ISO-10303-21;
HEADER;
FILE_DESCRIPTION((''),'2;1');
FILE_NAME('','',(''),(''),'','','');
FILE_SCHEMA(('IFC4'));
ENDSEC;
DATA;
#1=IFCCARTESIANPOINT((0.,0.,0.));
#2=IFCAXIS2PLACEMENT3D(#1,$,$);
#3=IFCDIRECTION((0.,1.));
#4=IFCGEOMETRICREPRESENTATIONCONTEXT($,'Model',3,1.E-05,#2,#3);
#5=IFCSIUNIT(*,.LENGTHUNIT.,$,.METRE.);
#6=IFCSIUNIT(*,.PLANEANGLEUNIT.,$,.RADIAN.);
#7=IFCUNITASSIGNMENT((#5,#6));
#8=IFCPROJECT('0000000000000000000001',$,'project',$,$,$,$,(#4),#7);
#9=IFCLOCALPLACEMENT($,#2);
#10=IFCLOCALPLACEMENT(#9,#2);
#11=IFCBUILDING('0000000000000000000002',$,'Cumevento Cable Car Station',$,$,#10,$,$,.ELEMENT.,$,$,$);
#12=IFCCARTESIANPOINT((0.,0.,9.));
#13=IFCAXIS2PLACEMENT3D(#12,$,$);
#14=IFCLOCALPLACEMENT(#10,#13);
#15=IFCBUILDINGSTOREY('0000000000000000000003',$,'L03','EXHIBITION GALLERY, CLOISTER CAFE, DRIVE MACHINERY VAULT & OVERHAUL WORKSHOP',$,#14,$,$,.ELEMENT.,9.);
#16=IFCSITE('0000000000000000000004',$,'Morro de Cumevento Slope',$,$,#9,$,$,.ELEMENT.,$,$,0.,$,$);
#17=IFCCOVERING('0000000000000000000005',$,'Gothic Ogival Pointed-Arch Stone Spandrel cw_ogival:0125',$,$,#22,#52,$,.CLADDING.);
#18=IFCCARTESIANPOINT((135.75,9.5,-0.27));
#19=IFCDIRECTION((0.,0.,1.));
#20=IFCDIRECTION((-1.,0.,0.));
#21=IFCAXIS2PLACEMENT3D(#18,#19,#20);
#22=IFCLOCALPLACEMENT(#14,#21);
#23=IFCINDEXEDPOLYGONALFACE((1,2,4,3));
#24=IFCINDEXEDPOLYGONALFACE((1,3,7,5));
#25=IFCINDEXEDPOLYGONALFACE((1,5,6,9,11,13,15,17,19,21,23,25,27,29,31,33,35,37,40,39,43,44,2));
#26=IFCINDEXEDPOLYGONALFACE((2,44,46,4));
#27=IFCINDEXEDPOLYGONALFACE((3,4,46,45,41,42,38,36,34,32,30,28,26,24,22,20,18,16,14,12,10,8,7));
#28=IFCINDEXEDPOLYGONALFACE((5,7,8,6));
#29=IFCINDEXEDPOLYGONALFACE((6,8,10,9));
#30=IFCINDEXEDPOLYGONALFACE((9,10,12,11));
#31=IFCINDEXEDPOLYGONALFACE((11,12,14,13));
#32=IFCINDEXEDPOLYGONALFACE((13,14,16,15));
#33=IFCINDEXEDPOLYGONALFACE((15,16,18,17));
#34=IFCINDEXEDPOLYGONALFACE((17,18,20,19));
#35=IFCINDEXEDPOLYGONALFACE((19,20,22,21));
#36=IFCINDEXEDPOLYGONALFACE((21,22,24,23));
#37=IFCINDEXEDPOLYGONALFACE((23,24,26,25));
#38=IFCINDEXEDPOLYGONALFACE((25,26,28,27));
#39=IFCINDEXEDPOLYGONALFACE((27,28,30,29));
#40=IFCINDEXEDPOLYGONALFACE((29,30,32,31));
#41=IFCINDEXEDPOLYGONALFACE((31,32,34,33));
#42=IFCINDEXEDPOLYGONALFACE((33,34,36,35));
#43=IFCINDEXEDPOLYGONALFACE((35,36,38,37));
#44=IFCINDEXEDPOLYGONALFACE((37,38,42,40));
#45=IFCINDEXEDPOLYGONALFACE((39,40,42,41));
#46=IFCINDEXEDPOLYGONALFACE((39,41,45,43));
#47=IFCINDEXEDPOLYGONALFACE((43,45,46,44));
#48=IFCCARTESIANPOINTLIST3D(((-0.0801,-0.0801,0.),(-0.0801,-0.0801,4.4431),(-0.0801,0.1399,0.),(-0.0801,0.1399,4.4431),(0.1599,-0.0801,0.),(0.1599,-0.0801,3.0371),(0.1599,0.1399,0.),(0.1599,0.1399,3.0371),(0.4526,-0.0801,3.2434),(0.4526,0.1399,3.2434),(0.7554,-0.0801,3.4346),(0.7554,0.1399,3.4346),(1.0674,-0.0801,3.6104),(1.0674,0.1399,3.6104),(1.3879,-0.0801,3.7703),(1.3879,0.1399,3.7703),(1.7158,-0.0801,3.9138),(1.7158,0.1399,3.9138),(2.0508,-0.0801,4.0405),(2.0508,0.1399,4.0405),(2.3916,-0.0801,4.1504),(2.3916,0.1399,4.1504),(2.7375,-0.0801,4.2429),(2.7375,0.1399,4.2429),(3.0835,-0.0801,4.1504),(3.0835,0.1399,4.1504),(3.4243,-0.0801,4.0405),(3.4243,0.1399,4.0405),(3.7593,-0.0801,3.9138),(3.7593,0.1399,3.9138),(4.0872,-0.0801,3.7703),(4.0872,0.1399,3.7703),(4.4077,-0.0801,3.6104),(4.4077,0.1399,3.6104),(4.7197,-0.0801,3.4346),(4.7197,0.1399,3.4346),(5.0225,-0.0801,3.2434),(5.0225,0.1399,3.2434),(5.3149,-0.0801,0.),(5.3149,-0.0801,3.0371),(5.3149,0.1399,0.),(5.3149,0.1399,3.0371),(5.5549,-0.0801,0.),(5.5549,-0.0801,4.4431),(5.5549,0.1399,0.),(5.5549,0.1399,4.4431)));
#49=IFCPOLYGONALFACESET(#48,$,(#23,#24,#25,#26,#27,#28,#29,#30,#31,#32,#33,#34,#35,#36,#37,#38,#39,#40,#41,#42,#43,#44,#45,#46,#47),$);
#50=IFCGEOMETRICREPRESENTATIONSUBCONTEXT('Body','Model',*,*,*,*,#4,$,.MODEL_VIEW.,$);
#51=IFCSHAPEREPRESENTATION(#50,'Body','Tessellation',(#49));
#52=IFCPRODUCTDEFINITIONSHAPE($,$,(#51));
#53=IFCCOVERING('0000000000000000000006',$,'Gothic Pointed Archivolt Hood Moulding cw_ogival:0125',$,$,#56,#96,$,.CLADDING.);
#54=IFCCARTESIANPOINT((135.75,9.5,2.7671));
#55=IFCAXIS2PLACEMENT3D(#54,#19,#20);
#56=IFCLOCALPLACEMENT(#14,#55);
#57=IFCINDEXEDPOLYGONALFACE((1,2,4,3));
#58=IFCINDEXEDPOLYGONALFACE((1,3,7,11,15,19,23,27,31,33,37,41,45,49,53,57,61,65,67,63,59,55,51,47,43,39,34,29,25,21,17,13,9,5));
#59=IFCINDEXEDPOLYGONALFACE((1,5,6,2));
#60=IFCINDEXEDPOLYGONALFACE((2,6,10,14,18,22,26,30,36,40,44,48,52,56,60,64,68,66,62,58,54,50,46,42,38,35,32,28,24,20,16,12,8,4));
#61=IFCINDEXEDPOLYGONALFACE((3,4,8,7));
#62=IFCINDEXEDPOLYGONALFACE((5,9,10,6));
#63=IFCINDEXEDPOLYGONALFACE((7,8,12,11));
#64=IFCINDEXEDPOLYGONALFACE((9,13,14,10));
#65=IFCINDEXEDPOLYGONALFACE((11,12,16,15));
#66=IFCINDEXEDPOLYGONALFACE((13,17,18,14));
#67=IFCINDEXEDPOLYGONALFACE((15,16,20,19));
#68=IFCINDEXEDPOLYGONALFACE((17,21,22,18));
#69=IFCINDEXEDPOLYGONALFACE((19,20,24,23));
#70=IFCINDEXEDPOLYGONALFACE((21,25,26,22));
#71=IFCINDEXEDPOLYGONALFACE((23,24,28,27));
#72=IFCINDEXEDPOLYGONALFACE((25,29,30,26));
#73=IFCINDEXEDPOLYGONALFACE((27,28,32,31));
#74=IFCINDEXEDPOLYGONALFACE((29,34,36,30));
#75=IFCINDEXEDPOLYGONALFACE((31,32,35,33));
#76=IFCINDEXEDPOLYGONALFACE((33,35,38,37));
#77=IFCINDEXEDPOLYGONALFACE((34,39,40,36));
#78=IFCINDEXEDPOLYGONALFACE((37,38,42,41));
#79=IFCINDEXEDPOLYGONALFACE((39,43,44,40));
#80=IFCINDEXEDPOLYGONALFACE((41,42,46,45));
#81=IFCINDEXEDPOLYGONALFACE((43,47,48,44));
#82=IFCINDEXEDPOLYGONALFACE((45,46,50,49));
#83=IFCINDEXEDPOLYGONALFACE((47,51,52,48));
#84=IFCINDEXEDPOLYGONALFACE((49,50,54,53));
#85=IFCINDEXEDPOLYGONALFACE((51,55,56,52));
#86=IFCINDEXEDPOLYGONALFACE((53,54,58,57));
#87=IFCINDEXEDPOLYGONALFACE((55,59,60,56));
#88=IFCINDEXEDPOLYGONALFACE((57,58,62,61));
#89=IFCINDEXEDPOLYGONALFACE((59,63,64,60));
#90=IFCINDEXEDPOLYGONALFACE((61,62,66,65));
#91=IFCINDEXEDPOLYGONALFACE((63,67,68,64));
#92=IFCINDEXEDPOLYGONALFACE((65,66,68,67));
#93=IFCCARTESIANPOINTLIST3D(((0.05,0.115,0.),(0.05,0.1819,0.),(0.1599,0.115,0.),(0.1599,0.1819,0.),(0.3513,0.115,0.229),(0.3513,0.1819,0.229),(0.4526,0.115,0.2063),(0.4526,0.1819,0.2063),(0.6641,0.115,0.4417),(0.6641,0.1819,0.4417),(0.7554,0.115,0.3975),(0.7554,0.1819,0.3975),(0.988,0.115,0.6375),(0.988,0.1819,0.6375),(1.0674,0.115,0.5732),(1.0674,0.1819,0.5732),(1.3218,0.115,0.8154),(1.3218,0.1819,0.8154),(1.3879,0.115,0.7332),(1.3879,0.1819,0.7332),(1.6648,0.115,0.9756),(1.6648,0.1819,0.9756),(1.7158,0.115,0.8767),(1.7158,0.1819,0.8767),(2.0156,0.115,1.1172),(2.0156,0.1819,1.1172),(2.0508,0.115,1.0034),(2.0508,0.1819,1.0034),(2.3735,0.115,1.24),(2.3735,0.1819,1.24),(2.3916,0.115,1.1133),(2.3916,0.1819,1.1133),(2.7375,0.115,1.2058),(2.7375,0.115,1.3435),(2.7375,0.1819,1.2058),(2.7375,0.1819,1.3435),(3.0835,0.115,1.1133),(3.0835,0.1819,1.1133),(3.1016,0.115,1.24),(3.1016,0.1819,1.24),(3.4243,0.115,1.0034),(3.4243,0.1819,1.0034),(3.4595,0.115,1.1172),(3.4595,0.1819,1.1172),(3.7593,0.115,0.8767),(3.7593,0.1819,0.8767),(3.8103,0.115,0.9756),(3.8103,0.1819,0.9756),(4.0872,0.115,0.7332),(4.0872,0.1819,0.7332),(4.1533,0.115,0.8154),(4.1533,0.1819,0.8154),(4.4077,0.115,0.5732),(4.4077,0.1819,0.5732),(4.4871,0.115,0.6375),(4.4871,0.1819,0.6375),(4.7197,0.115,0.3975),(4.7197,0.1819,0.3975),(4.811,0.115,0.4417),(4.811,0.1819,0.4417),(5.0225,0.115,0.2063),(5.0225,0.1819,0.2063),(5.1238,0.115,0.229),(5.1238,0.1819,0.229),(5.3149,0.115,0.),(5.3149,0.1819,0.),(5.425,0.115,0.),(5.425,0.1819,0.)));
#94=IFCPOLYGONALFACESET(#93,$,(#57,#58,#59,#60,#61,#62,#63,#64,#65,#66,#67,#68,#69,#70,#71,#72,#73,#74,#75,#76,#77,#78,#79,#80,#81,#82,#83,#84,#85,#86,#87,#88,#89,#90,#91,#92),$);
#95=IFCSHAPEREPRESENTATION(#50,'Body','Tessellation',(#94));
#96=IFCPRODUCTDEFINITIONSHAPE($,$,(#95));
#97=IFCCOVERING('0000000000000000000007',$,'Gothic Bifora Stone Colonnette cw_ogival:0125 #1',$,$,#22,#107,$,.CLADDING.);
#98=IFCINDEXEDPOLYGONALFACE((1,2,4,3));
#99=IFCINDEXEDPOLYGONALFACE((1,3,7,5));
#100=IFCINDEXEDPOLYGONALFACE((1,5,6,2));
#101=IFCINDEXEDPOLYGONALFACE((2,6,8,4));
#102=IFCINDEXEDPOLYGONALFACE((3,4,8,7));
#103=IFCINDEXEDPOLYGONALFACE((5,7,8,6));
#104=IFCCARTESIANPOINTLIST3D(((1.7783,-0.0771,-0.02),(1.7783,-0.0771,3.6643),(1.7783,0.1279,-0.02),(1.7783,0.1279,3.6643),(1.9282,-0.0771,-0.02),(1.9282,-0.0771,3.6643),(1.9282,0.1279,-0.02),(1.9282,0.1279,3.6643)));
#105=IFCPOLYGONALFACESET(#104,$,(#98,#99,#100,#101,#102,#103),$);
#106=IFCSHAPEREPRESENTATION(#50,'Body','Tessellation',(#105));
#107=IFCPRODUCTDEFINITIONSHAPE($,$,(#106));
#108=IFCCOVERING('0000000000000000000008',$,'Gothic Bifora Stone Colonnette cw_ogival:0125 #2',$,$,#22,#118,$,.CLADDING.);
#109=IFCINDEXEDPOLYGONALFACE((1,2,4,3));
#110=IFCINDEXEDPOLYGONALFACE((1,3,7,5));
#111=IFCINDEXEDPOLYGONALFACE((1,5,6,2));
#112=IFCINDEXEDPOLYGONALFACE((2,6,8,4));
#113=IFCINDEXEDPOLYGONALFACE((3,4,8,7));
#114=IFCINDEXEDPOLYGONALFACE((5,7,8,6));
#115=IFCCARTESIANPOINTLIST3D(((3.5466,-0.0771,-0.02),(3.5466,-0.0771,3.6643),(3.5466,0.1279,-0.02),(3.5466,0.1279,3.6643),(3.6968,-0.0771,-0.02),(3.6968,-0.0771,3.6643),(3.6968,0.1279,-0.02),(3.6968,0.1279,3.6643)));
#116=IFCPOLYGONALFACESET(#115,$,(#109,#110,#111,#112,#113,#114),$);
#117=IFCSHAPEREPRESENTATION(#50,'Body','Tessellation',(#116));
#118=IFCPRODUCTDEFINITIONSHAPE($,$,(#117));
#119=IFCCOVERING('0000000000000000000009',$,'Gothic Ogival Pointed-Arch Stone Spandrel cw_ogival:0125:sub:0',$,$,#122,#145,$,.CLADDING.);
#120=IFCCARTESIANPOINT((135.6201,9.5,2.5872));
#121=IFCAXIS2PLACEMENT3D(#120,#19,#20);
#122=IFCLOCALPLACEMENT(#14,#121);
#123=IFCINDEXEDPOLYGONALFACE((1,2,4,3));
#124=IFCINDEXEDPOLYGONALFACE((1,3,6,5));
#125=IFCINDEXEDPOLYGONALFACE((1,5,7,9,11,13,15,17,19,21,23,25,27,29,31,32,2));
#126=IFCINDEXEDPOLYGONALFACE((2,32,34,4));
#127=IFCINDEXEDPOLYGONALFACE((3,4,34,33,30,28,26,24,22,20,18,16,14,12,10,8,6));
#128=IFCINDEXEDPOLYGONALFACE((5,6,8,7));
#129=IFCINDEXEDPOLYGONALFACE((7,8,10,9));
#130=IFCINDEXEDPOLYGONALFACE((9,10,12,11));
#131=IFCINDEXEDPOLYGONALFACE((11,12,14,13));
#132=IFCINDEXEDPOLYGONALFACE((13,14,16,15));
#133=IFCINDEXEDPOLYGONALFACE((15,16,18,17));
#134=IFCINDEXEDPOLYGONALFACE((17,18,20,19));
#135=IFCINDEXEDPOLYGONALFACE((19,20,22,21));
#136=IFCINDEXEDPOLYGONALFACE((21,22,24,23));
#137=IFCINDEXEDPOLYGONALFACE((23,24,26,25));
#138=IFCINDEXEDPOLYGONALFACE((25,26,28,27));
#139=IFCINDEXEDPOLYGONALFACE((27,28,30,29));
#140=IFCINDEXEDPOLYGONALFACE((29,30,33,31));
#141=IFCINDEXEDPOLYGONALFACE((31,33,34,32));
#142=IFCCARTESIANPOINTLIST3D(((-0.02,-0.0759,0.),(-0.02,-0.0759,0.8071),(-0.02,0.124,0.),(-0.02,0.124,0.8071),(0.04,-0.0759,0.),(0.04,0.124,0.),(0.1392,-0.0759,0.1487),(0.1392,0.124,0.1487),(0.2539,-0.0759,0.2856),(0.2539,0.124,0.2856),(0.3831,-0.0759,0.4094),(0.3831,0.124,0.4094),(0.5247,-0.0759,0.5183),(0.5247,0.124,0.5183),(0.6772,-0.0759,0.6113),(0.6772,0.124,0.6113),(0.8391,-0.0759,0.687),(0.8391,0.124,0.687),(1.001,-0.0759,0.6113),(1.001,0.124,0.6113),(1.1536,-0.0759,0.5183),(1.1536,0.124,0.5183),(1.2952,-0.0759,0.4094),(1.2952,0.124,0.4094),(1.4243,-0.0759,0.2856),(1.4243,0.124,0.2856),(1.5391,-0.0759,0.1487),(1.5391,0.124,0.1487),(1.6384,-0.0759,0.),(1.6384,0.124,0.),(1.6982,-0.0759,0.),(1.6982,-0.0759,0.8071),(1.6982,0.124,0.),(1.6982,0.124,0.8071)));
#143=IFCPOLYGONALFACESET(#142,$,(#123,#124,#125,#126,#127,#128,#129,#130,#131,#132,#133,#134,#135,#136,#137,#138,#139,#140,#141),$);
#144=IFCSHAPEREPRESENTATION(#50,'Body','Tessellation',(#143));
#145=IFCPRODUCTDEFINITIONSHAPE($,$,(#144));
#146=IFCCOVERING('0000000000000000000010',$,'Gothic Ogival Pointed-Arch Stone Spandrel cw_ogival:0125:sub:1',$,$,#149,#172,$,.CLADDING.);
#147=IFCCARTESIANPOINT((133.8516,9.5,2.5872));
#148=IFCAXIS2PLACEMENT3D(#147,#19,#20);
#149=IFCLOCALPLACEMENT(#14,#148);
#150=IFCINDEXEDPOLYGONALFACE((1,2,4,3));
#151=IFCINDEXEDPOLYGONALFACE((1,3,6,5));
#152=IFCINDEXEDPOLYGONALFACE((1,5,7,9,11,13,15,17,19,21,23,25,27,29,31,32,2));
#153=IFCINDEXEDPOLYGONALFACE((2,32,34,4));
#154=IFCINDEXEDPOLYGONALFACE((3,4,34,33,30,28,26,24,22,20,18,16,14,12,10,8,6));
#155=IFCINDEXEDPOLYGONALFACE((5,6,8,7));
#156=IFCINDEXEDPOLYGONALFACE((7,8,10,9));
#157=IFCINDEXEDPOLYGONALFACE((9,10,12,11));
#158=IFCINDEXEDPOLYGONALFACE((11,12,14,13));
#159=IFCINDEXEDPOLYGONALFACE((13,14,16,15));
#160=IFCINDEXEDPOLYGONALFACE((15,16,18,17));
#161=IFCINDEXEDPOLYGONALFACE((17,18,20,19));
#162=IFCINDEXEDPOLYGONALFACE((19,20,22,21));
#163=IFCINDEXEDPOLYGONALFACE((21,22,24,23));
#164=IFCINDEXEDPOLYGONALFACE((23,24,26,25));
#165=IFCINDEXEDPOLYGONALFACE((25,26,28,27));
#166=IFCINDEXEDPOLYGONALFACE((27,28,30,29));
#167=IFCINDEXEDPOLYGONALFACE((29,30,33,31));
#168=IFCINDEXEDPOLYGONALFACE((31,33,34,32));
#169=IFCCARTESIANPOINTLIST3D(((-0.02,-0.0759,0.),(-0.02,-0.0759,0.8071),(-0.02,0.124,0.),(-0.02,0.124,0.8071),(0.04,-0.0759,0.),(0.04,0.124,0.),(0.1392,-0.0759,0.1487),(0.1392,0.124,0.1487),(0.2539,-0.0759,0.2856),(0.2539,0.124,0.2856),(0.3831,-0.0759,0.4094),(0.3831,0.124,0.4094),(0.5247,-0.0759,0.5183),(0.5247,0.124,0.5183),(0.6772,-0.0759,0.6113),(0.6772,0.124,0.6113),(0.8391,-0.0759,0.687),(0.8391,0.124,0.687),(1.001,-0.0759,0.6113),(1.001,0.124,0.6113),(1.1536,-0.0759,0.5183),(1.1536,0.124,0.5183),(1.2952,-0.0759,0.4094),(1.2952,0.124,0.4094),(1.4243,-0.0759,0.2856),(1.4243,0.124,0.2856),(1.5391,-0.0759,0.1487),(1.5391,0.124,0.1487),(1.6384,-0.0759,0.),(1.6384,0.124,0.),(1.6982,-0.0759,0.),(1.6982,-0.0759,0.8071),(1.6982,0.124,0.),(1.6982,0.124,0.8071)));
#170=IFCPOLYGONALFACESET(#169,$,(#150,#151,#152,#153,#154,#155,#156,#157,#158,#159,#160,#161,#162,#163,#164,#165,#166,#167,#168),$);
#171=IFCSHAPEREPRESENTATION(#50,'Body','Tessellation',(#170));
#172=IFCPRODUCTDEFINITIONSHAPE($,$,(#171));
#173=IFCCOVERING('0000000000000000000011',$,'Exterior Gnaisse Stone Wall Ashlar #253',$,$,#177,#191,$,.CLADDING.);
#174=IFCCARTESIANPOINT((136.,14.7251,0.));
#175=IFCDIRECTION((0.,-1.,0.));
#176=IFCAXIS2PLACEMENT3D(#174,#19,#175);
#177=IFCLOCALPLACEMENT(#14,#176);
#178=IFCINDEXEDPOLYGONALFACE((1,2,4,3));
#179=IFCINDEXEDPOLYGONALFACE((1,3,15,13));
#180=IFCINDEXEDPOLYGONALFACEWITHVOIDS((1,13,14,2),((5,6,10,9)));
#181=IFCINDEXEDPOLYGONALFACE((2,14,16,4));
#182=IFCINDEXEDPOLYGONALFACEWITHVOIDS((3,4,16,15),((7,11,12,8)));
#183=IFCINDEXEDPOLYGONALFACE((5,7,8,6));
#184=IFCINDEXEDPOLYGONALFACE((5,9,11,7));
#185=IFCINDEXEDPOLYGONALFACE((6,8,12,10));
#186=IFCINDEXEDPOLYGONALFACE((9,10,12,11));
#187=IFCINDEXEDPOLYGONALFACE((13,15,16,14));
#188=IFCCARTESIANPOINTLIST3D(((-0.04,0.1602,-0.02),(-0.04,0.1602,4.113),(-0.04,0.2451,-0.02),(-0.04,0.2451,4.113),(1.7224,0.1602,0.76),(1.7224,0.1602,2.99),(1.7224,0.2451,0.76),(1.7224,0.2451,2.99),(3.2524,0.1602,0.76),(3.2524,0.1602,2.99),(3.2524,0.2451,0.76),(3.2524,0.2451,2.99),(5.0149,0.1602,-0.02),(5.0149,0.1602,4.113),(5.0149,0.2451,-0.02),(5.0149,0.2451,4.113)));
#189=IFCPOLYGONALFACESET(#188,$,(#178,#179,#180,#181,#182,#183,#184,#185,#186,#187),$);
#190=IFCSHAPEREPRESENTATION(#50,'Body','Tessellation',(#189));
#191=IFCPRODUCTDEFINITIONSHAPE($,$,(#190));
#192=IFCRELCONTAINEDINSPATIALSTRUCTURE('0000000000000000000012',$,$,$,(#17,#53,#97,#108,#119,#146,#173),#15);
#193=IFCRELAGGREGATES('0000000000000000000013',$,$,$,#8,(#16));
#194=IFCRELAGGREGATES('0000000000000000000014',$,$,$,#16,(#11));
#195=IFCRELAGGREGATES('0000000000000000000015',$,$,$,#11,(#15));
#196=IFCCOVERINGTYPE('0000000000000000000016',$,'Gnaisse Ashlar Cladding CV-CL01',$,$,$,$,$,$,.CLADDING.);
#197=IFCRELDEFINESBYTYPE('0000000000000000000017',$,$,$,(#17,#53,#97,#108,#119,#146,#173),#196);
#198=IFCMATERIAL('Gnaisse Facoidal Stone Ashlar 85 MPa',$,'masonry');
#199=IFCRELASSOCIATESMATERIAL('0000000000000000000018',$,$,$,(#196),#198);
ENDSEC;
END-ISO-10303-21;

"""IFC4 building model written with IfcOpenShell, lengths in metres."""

from ifc_helpers import new_model, si_unit, direction, frame, origin, place, context, subcontext, project, spatial, polyline, outline, extrude, material, type_object, element, save


model = new_model("IFC4")

# Units and contexts
model_context = context("Model", 3, precision=1e-05, world=origin(), true_north=direction((0.0, 1.0)))
body_context = subcontext(model_context, "Body", "Model", "MODEL_VIEW")
ifc_project = project(units=[si_unit("LENGTHUNIT", "METRE"), si_unit("PLANEANGLEUNIT", "RADIAN")], contexts=[model_context])

# Site, building, storey
site_placement = place(None, origin())
site = spatial("IfcSite", under=ifc_project, at=site_placement, Name="Morro de Cumevento Slope", CompositionType="ELEMENT", RefElevation=0.0)
building_placement = place(site_placement, origin())
building = spatial("IfcBuilding", under=site, at=building_placement, Name="Cumevento Cable Car Station", CompositionType="ELEMENT")
storey_placement = place(building_placement, frame((0.0, 0.0, 9.0)))
storey = spatial("IfcBuildingStorey", under=building, at=storey_placement, Name="L03", Description="EXHIBITION GALLERY, CLOISTER CAFE, DRIVE MACHINERY VAULT & OVERHAUL WORKSHOP", CompositionType="ELEMENT", Elevation=9.0)

# Coverings
ifc_material_1 = material(Name="Gnaisse Facoidal Stone Ashlar 85 MPa", Category="masonry")
covering_type = type_object("IfcCoveringType", Name="Gnaisse Ashlar Cladding CV-CL01", PredefinedType="CLADDING", material=ifc_material_1)
placement = place(storey_placement, frame((135.75, 9.5, -0.27), z_axis=(0.0, 0.0, 1.0), x_axis=(-1.0, 0.0, 0.0)))
element("IfcCovering", 1, at=placement, inside=storey, type_object=covering_type, Name="Gothic Ogival Pointed-Arch Stone Spandrel cw_ogival:0125", PredefinedType="CLADDING", context=body_context, shape_type="SweptSolid", body=[
    extrude(outline(polyline([(-0.0801, 0.0), (-0.0801, 4.4431), (5.5549, 4.4431), (5.5549, 0.0), (5.3149, 0.0), (5.3149, 3.0371), (5.0225, 3.2434), (4.7197, 3.4346), (4.4077, 3.6104), (4.0872, 3.7703), (3.7593, 3.9138), (3.4243, 4.0405), (3.0835, 4.1504), (2.7375, 4.2429), (2.3916, 4.1504), (2.0508, 4.0405), (1.7158, 3.9138), (1.3879, 3.7703), (1.0674, 3.6104), (0.7554, 3.4346), (0.4526, 3.2434), (0.1599, 3.0371), (0.1599, 0.0), (-0.0801, 0.0)])), frame((0.0, 0.1399, 0.0), z_axis=(0.0, -1.0, 0.0), x_axis=(1.0, 0.0, 0.0)), (0.0, 0.0, 1.0), 0.22),
])
covering_1_placement = place(storey_placement, frame((135.75, 9.5, 2.7671), z_axis=(0.0, 0.0, 1.0), x_axis=(-1.0, 0.0, 0.0)))
element("IfcCovering", 2, at=covering_1_placement, inside=storey, type_object=covering_type, Name="Gothic Pointed Archivolt Hood Moulding cw_ogival:0125", PredefinedType="CLADDING", context=body_context, shape_type="SweptSolid", body=[
    extrude(outline(polyline([(0.1599, 0.0), (0.4526, 0.2063), (0.7554, 0.3975), (1.0674, 0.5732), (1.3879, 0.7332), (1.7158, 0.8767), (2.0508, 1.0034), (2.3916, 1.1133), (2.7375, 1.2058), (3.0835, 1.1133), (3.4243, 1.0034), (3.7593, 0.8767), (4.0872, 0.7332), (4.4077, 0.5732), (4.7197, 0.3975), (5.0225, 0.2063), (5.3149, 0.0), (5.425, 0.0), (5.1238, 0.229), (4.811, 0.4417), (4.4871, 0.6375), (4.1533, 0.8154), (3.8103, 0.9756), (3.4595, 1.1172), (3.1016, 1.24), (2.7375, 1.3435), (2.3735, 1.24), (2.0156, 1.1172), (1.6648, 0.9756), (1.3218, 0.8154), (0.988, 0.6375), (0.6641, 0.4417), (0.3513, 0.229), (0.05, 0.0), (0.1599, 0.0)])), frame((0.0, 0.1819, 0.0), z_axis=(0.0, -1.0, 0.0), x_axis=(1.0, 0.0, 0.0)), (0.0, 0.0, 1.0), 0.0669),
])
element("IfcCovering", 3, at=placement, inside=storey, type_object=covering_type, Name="Gothic Bifora Stone Colonnette cw_ogival:0125 #1", PredefinedType="CLADDING", context=body_context, shape_type="SweptSolid", body=[
    extrude(outline(polyline([(1.7783, -0.02), (1.9282, -0.02), (1.9282, 3.6643), (1.7783, 3.6643), (1.7783, -0.02)])), frame((0.0, 0.1279, 0.0), z_axis=(0.0, -1.0, 0.0), x_axis=(1.0, 0.0, 0.0)), (0.0, 0.0, 1.0), 0.2051),
])
element("IfcCovering", 4, at=placement, inside=storey, type_object=covering_type, Name="Gothic Bifora Stone Colonnette cw_ogival:0125 #2", PredefinedType="CLADDING", context=body_context, shape_type="SweptSolid", body=[
    extrude(outline(polyline([(3.5466, -0.02), (3.6968, -0.02), (3.6968, 3.6643), (3.5466, 3.6643), (3.5466, -0.02)])), frame((0.0, 0.1279, 0.0), z_axis=(0.0, -1.0, 0.0), x_axis=(1.0, 0.0, 0.0)), (0.0, 0.0, 1.0), 0.2051),
])
for number, where, z_axis, x_axis, name in (
    (5, (135.6201, 9.5, 2.5872), (0.0, 0.0, 1.0), (-1.0, 0.0, 0.0), "Gothic Ogival Pointed-Arch Stone Spandrel cw_ogival:0125:sub:0"),
    (6, (133.8516, 9.5, 2.5872), (0.0, 0.0, 1.0), (-1.0, 0.0, 0.0), "Gothic Ogival Pointed-Arch Stone Spandrel cw_ogival:0125:sub:1"),
):
    element("IfcCovering", number, at=place(storey_placement, frame(where, z_axis=z_axis, x_axis=x_axis)), inside=storey, type_object=covering_type, Name=name, PredefinedType="CLADDING", context=body_context, shape_type="SweptSolid", body=[
        extrude(outline(polyline([(-0.02, 0.0), (-0.02, 0.8071), (1.6982, 0.8071), (1.6982, 0.0), (1.6384, 0.0), (1.5391, 0.1487), (1.4243, 0.2856), (1.2952, 0.4094), (1.1536, 0.5183), (1.001, 0.6113), (0.8391, 0.687), (0.6772, 0.6113), (0.5247, 0.5183), (0.3831, 0.4094), (0.2539, 0.2856), (0.1392, 0.1487), (0.04, 0.0), (-0.02, 0.0)])), frame((0.0, 0.124, 0.0), z_axis=(0.0, -1.0, 0.0), x_axis=(1.0, 0.0, 0.0)), (0.0, 0.0, 1.0), 0.2),
    ])
covering_2_placement = place(storey_placement, frame((136.0, 14.7251, 0.0), z_axis=(0.0, 0.0, 1.0), x_axis=(0.0, -1.0, 0.0)))
element("IfcCovering", 7, at=covering_2_placement, inside=storey, type_object=covering_type, Name="Exterior Gnaisse Stone Wall Ashlar #253", PredefinedType="CLADDING", context=body_context, shape_type="SweptSolid", body=[
    extrude(outline(polyline([(-0.04, -0.02), (5.0149, -0.02), (5.0149, 4.113), (-0.04, 4.113), (-0.04, -0.02)]), holes=[polyline([(1.7224, 0.76), (3.2524, 0.76), (3.2524, 2.99), (1.7224, 2.99), (1.7224, 0.76)])]), frame((0.0, 0.2451, 0.0), z_axis=(0.0, -1.0, 0.0), x_axis=(1.0, 0.0, 0.0)), (0.0, 0.0, 1.0), 0.085),
])

save(model, "model.ifc")
